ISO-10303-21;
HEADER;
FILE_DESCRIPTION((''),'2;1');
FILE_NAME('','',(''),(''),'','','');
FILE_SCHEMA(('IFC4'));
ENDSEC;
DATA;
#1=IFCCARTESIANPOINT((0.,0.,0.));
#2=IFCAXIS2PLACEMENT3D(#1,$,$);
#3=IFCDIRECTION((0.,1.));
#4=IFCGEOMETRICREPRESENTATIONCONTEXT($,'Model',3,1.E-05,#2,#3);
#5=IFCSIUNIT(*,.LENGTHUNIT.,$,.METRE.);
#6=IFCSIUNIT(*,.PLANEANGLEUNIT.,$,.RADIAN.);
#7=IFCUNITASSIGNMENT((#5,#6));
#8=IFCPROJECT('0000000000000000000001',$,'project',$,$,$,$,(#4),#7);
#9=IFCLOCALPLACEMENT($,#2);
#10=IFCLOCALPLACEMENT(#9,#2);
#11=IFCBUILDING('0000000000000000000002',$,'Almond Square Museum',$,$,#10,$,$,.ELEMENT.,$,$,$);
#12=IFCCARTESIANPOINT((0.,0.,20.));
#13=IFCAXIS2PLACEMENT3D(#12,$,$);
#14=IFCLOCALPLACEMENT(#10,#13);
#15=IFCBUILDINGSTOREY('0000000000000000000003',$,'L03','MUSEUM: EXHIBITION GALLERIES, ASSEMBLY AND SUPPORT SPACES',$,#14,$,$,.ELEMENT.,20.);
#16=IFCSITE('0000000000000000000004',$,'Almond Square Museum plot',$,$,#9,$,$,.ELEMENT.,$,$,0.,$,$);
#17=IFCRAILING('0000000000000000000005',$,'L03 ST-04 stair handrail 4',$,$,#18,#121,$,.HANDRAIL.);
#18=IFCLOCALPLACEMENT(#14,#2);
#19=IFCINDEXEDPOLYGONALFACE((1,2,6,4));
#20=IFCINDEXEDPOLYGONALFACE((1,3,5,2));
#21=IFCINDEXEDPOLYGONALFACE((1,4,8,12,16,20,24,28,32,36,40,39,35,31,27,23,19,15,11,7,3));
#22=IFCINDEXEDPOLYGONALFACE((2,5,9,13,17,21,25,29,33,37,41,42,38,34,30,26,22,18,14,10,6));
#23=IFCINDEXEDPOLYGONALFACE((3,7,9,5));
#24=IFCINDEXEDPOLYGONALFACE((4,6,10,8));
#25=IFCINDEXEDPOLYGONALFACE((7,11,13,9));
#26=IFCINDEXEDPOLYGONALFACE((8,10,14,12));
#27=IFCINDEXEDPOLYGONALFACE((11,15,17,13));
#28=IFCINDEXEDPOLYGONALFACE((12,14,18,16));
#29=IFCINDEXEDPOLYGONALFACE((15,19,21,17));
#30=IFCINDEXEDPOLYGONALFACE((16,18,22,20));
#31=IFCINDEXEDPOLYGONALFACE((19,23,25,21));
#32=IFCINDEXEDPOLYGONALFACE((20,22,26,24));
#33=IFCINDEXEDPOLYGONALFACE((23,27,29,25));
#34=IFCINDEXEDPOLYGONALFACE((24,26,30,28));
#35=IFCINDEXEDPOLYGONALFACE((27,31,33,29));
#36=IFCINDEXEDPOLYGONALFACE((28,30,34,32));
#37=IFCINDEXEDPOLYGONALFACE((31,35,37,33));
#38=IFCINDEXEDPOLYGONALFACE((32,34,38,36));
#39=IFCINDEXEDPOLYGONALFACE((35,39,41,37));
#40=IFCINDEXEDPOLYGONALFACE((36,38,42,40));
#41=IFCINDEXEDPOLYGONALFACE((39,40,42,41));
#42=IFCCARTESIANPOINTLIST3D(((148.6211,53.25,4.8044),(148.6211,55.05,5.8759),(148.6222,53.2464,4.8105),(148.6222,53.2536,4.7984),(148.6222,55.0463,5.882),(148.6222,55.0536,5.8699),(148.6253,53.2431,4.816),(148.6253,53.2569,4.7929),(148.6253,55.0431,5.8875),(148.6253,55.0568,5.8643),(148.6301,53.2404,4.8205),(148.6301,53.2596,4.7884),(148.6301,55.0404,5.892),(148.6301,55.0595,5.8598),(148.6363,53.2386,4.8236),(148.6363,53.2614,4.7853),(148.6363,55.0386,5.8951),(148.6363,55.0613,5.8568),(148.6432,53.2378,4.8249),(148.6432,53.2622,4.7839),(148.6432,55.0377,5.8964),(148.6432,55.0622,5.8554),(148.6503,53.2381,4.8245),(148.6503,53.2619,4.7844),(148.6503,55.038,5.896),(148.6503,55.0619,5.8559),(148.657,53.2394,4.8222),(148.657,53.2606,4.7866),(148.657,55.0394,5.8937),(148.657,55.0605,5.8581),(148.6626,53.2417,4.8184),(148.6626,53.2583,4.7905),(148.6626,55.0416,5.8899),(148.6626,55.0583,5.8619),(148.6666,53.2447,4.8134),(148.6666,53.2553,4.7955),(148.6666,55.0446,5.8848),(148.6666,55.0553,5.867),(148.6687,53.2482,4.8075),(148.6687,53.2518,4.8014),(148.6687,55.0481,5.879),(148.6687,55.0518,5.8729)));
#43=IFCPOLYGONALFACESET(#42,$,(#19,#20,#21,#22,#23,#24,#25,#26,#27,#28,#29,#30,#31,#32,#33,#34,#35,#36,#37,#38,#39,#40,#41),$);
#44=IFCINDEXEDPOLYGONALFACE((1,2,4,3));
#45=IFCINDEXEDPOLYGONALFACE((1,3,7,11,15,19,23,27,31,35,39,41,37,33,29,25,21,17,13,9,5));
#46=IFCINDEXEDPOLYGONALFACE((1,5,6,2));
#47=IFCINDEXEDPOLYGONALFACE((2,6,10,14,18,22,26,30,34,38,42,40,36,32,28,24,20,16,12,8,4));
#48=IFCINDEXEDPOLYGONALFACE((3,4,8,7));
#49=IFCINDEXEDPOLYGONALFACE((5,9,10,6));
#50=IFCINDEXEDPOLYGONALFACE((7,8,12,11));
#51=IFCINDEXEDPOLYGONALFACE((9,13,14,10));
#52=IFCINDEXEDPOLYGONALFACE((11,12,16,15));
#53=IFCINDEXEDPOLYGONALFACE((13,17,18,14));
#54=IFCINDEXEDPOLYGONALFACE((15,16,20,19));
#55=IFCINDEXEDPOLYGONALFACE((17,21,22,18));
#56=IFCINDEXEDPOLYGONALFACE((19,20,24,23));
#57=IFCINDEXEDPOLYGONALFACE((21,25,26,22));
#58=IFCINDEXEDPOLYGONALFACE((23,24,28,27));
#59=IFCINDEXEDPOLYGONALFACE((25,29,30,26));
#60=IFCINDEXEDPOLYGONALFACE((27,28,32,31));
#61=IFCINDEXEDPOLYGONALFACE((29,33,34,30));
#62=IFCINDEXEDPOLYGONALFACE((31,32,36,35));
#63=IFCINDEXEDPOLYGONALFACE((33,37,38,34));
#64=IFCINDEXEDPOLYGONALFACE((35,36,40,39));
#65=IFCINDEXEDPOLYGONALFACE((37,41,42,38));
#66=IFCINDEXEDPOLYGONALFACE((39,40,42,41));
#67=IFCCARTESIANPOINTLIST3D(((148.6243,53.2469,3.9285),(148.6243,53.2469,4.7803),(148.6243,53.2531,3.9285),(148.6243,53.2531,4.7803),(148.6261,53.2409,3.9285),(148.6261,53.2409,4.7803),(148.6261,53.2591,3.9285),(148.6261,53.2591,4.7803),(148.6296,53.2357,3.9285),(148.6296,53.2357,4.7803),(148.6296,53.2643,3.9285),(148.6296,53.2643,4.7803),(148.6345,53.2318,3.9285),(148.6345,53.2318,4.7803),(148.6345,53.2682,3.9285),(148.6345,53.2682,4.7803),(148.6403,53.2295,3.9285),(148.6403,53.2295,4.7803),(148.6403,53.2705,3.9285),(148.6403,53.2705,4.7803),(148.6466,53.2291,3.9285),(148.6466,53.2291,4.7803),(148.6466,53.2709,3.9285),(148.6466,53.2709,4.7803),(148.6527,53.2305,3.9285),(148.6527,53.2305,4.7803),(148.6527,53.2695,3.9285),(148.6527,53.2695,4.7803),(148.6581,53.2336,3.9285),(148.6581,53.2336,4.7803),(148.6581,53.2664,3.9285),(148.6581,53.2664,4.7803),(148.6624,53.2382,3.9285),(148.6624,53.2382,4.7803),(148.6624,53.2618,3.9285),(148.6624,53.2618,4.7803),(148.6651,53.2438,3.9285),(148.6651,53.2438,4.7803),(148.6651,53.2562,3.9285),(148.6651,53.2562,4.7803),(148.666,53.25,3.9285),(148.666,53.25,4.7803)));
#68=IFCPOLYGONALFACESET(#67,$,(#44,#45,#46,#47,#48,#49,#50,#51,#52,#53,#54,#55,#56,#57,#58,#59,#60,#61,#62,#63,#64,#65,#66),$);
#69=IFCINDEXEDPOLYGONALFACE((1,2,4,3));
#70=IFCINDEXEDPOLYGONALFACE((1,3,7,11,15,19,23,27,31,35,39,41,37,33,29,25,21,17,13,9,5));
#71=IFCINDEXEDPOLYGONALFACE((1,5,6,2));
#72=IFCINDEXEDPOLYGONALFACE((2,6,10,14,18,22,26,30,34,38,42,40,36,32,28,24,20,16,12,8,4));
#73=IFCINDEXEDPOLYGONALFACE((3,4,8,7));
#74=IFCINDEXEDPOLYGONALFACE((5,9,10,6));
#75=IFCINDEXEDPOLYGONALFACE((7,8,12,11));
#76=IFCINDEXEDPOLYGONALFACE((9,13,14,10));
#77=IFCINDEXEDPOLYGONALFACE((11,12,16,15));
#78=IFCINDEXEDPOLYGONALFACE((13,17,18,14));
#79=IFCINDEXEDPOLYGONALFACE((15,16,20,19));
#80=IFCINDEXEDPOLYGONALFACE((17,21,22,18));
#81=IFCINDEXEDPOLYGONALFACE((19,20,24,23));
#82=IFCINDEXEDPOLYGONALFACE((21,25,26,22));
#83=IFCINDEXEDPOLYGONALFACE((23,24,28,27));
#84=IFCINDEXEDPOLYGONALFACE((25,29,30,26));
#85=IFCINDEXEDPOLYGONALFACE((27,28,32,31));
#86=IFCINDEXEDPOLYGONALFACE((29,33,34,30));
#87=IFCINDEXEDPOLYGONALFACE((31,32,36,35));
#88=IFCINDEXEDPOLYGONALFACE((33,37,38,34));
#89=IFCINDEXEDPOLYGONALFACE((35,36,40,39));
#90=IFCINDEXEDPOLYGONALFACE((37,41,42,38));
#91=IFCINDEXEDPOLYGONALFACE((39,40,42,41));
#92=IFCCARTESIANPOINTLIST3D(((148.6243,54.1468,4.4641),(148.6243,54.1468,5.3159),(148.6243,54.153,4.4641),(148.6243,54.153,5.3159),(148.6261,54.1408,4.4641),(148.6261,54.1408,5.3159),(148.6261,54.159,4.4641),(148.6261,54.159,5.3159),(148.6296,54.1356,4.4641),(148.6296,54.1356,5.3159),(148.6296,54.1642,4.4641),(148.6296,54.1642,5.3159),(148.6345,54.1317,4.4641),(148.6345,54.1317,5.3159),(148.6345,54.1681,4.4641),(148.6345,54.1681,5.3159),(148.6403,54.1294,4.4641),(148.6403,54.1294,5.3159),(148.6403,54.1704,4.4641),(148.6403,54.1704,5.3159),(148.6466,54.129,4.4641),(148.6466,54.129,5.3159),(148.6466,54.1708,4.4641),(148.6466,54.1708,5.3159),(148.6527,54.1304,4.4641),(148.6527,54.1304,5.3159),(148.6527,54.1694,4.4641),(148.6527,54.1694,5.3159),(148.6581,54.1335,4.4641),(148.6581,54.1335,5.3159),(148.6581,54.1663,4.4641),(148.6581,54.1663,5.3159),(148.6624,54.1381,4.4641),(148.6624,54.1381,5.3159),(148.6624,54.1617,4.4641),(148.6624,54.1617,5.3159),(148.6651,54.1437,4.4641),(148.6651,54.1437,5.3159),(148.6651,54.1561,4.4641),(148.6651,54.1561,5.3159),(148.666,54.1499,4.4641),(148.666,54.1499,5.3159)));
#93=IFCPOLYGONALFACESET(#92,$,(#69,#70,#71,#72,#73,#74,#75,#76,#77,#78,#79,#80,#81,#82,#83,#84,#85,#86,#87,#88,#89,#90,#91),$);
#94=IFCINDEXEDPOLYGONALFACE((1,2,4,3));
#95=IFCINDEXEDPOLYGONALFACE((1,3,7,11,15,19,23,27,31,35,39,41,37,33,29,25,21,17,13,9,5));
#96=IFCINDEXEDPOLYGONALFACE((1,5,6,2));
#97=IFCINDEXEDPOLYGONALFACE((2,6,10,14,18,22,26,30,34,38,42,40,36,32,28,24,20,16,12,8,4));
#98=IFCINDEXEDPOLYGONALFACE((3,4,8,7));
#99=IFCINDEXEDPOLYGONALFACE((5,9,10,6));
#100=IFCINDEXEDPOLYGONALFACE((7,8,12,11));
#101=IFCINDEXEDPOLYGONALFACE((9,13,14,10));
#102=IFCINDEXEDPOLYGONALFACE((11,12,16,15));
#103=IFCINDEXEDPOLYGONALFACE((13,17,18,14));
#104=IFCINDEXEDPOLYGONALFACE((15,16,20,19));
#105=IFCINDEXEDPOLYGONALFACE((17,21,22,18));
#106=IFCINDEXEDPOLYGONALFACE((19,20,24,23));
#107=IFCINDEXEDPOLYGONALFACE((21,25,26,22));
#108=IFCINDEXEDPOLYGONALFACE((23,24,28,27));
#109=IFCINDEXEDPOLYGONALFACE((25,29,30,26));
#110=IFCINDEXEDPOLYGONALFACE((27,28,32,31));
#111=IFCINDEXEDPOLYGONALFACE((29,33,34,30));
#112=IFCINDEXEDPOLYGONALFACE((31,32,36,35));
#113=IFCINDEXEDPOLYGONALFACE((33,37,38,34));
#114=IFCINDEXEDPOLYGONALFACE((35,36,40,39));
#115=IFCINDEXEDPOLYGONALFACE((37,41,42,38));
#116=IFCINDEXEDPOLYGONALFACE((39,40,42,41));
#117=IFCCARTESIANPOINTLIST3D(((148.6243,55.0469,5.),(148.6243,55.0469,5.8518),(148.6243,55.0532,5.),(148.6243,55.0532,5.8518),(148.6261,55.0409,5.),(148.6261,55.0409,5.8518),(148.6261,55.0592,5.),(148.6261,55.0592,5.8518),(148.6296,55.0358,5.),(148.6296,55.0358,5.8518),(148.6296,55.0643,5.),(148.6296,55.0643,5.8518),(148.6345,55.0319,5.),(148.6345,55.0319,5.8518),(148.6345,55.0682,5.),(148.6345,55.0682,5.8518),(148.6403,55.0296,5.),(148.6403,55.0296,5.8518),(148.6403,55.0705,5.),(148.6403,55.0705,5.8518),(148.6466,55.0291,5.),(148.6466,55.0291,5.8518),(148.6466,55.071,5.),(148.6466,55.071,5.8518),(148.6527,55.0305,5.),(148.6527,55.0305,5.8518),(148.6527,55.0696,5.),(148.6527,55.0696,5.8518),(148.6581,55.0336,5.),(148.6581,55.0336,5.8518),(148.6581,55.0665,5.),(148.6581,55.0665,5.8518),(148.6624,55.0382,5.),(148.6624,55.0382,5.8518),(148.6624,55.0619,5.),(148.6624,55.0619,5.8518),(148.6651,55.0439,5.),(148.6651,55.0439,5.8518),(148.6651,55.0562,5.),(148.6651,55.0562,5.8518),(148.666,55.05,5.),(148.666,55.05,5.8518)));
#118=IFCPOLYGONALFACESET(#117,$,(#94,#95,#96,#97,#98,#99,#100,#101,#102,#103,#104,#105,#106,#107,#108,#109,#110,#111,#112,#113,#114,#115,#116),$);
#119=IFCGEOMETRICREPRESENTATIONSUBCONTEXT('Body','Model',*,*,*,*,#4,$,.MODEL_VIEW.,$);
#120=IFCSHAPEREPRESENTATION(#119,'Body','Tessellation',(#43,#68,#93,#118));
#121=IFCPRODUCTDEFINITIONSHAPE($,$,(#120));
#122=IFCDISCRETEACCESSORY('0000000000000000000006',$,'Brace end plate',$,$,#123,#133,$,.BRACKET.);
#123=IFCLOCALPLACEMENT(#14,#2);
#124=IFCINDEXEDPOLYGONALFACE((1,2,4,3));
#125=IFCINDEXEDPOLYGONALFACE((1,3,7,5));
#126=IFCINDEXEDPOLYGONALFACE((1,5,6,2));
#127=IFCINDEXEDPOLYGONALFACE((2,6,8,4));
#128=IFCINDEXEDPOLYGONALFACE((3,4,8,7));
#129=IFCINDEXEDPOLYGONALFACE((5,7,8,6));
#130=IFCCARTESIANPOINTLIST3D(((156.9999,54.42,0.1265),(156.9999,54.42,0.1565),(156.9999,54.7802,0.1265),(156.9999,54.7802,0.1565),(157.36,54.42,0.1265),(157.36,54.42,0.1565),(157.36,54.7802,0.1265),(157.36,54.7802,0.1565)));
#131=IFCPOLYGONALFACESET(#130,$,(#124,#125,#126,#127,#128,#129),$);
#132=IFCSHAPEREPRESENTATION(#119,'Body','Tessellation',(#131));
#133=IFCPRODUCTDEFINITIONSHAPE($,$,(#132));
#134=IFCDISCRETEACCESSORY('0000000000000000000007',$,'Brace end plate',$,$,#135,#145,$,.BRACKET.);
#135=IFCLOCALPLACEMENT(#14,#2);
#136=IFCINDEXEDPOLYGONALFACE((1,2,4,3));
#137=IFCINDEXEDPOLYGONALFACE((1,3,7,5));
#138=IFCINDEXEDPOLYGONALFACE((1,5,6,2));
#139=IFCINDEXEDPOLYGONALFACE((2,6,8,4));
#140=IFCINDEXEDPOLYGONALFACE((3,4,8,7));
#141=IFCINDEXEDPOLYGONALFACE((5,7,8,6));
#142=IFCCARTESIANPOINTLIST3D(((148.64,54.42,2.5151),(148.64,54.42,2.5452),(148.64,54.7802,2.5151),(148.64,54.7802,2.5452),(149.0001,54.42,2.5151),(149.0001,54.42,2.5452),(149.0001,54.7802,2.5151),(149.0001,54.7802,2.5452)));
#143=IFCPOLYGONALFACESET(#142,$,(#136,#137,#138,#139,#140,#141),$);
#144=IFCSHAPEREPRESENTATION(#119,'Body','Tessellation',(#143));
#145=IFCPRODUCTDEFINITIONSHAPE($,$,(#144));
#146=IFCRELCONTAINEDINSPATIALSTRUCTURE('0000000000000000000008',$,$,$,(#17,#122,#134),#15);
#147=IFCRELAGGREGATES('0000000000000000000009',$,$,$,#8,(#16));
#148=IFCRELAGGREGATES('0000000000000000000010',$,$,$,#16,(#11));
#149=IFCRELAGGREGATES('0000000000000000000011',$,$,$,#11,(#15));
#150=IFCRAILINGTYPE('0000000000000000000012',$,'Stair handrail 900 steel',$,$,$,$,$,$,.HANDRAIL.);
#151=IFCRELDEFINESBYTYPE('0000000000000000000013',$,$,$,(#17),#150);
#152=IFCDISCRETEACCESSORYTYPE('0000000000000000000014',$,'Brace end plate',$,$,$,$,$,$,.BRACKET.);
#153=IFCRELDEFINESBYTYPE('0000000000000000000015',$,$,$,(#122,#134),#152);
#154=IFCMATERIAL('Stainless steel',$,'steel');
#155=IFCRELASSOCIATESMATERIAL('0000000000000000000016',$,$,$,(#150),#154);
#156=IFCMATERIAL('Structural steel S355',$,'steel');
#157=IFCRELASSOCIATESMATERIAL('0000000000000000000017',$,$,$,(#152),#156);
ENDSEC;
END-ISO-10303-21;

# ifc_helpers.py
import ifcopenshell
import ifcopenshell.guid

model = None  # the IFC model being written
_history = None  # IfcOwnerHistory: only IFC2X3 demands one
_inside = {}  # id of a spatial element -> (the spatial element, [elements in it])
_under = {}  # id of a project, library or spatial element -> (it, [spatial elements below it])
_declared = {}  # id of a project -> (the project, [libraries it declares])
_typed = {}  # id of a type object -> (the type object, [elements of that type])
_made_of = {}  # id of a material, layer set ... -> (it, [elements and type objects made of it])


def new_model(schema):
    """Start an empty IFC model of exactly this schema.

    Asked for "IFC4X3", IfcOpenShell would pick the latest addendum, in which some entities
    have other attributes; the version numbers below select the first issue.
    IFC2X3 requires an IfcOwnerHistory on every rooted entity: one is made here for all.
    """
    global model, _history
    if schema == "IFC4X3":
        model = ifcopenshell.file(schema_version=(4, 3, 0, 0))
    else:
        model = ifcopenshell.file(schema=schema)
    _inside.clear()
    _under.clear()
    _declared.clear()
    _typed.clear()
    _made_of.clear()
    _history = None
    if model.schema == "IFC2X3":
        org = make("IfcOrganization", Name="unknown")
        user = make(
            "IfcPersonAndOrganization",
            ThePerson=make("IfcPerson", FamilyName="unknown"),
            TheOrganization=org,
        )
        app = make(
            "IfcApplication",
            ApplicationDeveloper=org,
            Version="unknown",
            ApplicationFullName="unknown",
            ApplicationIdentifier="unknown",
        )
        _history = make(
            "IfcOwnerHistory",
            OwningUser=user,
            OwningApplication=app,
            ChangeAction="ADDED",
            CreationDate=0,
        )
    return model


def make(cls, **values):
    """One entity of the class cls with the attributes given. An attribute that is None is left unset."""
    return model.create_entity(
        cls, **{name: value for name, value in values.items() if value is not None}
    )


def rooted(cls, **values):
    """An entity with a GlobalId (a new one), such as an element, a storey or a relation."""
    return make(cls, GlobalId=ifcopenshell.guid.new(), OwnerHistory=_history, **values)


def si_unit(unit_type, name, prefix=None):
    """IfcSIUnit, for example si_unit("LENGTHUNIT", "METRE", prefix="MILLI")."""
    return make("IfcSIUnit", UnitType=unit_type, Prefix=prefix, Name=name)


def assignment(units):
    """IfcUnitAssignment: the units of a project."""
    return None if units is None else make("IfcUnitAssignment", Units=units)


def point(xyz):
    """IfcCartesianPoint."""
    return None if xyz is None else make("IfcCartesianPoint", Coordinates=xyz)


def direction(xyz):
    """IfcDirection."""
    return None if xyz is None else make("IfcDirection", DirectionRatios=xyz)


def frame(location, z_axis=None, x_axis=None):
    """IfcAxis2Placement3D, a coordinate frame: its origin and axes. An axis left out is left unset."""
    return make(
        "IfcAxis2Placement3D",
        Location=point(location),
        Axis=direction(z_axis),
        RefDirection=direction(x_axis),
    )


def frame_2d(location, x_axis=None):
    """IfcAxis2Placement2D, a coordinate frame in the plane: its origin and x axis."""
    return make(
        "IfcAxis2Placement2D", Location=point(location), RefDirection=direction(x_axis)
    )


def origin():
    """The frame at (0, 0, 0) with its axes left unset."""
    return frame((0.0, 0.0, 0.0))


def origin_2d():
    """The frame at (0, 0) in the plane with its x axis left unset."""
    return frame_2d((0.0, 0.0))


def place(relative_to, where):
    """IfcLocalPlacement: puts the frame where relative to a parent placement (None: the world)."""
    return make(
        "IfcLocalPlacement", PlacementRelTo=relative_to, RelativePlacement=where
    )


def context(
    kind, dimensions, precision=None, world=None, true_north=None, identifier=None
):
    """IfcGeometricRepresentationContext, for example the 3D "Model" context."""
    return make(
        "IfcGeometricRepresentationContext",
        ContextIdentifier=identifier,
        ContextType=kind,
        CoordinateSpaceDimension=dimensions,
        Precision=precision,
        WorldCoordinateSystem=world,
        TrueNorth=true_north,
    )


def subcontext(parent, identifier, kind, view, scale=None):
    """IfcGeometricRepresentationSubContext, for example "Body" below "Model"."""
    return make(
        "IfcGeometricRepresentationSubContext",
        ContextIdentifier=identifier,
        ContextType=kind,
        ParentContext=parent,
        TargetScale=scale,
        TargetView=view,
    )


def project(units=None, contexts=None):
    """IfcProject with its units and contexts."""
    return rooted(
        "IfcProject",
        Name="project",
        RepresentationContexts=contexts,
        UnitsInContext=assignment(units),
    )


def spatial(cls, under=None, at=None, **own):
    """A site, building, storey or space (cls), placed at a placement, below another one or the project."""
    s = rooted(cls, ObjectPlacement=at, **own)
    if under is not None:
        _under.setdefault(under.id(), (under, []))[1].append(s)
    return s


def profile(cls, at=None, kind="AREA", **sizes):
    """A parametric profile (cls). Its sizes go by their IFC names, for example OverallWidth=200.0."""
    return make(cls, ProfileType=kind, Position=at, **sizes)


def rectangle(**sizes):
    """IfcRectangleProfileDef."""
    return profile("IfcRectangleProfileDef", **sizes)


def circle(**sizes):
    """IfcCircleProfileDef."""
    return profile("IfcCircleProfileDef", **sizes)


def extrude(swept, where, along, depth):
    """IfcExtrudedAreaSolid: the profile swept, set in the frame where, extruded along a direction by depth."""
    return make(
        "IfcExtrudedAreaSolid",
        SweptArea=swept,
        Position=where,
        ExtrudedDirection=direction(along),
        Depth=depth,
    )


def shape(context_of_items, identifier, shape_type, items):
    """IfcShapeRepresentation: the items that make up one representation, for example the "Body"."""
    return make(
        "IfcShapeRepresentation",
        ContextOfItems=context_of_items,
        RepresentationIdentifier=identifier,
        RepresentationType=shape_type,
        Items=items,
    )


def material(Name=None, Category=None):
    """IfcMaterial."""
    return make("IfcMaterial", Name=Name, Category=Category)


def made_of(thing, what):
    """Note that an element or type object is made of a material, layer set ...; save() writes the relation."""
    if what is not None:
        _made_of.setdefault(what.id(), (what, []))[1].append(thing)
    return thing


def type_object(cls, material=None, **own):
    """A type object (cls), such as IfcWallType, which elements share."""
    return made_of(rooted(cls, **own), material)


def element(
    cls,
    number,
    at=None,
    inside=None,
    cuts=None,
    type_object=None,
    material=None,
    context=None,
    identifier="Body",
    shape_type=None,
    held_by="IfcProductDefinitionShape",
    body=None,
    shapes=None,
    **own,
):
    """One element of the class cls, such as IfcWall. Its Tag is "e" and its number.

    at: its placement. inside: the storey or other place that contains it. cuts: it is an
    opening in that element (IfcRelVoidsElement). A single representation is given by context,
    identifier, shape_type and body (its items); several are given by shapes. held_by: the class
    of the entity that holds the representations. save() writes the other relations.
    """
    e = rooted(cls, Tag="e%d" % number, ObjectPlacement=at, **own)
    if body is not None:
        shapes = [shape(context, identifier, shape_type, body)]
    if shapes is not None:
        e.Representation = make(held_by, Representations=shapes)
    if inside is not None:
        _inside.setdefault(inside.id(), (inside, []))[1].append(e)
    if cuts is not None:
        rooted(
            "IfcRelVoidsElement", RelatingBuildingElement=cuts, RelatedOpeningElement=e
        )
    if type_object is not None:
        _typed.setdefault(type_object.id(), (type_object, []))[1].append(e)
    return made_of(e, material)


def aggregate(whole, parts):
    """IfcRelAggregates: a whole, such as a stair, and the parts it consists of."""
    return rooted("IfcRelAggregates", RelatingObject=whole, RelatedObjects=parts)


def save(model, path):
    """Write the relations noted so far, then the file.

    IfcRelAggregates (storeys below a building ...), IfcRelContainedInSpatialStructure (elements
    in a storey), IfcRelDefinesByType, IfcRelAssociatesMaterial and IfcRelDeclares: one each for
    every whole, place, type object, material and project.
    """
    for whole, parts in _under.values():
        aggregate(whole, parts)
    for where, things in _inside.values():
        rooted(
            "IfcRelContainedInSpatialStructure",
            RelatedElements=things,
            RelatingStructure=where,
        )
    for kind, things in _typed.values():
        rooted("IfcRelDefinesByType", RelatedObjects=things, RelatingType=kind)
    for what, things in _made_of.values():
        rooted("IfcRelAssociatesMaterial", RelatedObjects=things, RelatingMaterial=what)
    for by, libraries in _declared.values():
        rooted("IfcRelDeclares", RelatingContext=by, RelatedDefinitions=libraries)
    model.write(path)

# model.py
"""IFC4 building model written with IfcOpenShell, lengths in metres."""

from ifc_helpers import new_model, si_unit, direction, frame, origin, origin_2d, place, context, subcontext, project, spatial, rectangle, circle, extrude, material, type_object, element, save


model = new_model("IFC4")

# Units and contexts
model_context = context("Model", 3, precision=1e-05, world=origin(), true_north=direction((0.0, 1.0)))
body_context = subcontext(model_context, "Body", "Model", "MODEL_VIEW")
ifc_project = project(units=[si_unit("LENGTHUNIT", "METRE"), si_unit("PLANEANGLEUNIT", "RADIAN")], contexts=[model_context])

# Site, building, storey
site_placement = place(None, origin())
site = spatial("IfcSite", under=ifc_project, at=site_placement, Name="Almond Square Museum plot", CompositionType="ELEMENT", RefElevation=0.0)
building_placement = place(site_placement, origin())
building = spatial("IfcBuilding", under=site, at=building_placement, Name="Almond Square Museum", CompositionType="ELEMENT")
storey_placement = place(building_placement, frame((0.0, 0.0, 20.0)))
storey = spatial("IfcBuildingStorey", under=building, at=storey_placement, Name="L03", Description="MUSEUM: EXHIBITION GALLERIES, ASSEMBLY AND SUPPORT SPACES", CompositionType="ELEMENT", Elevation=20.0)

# Railing
ifc_material_1 = material(Name="Stainless steel", Category="steel")
railing_type_1 = type_object("IfcRailingType", Name="Stair handrail 900 steel", PredefinedType="HANDRAIL", material=ifc_material_1)
railing_1_placement = place(storey_placement, frame((148.645, 53.25, 3.9285)))
element("IfcRailing", 1, at=railing_1_placement, inside=storey, type_object=railing_type_1, Name="L03 ST-04 stair handrail 4", PredefinedType="HANDRAIL", context=body_context, shape_type="SweptSolid", body=[
    extrude(circle(Radius=0.0239, at=origin_2d()), frame((0.0, 0.0, 0.876), z_axis=(0.0, 0.859277, 0.51151), x_axis=(-1.0, 0.0, 0.0)), (0.0, 0.0, 1.0), 2.0947),
    extrude(circle(Radius=0.021, at=origin_2d()), origin(), (0.0, 0.0, 1.0), 0.8518),
    extrude(circle(Radius=0.021, at=origin_2d()), frame((0.0, 0.8999, 0.5356)), (0.0, 0.0, 1.0), 0.8518),
    extrude(circle(Radius=0.021, at=origin_2d()), frame((0.0, 1.8, 1.0715)), (0.0, 0.0, 1.0), 0.8518),
])

# Discrete accessories
ifc_material_2 = material(Name="Structural steel S355", Category="steel")
discrete_accessory_type = type_object("IfcDiscreteAccessoryType", Name="Brace end plate", PredefinedType="BRACKET", material=ifc_material_2)
for number, where, z_axis, x_axis, name in (
    (2, (157.1799, 54.6001, 0.1265), (0.0, 0.0, 1.0), (1.0, 0.0, 0.0), "Brace end plate"),
    (3, (148.8201, 54.6001, 2.5151), (0.0, 0.0, 1.0), (1.0, 0.0, 0.0), "Brace end plate"),
):
    element("IfcDiscreteAccessory", number, at=place(storey_placement, frame(where, z_axis=z_axis, x_axis=x_axis)), inside=storey, type_object=discrete_accessory_type, Name=name, PredefinedType="BRACKET", context=body_context, shape_type="SweptSolid", body=[
        extrude(rectangle(XDim=0.3601, YDim=0.3601, at=origin_2d()), origin(), (0.0, 0.0, 1.0), 0.03),
    ])

save(model, "model.ifc")
